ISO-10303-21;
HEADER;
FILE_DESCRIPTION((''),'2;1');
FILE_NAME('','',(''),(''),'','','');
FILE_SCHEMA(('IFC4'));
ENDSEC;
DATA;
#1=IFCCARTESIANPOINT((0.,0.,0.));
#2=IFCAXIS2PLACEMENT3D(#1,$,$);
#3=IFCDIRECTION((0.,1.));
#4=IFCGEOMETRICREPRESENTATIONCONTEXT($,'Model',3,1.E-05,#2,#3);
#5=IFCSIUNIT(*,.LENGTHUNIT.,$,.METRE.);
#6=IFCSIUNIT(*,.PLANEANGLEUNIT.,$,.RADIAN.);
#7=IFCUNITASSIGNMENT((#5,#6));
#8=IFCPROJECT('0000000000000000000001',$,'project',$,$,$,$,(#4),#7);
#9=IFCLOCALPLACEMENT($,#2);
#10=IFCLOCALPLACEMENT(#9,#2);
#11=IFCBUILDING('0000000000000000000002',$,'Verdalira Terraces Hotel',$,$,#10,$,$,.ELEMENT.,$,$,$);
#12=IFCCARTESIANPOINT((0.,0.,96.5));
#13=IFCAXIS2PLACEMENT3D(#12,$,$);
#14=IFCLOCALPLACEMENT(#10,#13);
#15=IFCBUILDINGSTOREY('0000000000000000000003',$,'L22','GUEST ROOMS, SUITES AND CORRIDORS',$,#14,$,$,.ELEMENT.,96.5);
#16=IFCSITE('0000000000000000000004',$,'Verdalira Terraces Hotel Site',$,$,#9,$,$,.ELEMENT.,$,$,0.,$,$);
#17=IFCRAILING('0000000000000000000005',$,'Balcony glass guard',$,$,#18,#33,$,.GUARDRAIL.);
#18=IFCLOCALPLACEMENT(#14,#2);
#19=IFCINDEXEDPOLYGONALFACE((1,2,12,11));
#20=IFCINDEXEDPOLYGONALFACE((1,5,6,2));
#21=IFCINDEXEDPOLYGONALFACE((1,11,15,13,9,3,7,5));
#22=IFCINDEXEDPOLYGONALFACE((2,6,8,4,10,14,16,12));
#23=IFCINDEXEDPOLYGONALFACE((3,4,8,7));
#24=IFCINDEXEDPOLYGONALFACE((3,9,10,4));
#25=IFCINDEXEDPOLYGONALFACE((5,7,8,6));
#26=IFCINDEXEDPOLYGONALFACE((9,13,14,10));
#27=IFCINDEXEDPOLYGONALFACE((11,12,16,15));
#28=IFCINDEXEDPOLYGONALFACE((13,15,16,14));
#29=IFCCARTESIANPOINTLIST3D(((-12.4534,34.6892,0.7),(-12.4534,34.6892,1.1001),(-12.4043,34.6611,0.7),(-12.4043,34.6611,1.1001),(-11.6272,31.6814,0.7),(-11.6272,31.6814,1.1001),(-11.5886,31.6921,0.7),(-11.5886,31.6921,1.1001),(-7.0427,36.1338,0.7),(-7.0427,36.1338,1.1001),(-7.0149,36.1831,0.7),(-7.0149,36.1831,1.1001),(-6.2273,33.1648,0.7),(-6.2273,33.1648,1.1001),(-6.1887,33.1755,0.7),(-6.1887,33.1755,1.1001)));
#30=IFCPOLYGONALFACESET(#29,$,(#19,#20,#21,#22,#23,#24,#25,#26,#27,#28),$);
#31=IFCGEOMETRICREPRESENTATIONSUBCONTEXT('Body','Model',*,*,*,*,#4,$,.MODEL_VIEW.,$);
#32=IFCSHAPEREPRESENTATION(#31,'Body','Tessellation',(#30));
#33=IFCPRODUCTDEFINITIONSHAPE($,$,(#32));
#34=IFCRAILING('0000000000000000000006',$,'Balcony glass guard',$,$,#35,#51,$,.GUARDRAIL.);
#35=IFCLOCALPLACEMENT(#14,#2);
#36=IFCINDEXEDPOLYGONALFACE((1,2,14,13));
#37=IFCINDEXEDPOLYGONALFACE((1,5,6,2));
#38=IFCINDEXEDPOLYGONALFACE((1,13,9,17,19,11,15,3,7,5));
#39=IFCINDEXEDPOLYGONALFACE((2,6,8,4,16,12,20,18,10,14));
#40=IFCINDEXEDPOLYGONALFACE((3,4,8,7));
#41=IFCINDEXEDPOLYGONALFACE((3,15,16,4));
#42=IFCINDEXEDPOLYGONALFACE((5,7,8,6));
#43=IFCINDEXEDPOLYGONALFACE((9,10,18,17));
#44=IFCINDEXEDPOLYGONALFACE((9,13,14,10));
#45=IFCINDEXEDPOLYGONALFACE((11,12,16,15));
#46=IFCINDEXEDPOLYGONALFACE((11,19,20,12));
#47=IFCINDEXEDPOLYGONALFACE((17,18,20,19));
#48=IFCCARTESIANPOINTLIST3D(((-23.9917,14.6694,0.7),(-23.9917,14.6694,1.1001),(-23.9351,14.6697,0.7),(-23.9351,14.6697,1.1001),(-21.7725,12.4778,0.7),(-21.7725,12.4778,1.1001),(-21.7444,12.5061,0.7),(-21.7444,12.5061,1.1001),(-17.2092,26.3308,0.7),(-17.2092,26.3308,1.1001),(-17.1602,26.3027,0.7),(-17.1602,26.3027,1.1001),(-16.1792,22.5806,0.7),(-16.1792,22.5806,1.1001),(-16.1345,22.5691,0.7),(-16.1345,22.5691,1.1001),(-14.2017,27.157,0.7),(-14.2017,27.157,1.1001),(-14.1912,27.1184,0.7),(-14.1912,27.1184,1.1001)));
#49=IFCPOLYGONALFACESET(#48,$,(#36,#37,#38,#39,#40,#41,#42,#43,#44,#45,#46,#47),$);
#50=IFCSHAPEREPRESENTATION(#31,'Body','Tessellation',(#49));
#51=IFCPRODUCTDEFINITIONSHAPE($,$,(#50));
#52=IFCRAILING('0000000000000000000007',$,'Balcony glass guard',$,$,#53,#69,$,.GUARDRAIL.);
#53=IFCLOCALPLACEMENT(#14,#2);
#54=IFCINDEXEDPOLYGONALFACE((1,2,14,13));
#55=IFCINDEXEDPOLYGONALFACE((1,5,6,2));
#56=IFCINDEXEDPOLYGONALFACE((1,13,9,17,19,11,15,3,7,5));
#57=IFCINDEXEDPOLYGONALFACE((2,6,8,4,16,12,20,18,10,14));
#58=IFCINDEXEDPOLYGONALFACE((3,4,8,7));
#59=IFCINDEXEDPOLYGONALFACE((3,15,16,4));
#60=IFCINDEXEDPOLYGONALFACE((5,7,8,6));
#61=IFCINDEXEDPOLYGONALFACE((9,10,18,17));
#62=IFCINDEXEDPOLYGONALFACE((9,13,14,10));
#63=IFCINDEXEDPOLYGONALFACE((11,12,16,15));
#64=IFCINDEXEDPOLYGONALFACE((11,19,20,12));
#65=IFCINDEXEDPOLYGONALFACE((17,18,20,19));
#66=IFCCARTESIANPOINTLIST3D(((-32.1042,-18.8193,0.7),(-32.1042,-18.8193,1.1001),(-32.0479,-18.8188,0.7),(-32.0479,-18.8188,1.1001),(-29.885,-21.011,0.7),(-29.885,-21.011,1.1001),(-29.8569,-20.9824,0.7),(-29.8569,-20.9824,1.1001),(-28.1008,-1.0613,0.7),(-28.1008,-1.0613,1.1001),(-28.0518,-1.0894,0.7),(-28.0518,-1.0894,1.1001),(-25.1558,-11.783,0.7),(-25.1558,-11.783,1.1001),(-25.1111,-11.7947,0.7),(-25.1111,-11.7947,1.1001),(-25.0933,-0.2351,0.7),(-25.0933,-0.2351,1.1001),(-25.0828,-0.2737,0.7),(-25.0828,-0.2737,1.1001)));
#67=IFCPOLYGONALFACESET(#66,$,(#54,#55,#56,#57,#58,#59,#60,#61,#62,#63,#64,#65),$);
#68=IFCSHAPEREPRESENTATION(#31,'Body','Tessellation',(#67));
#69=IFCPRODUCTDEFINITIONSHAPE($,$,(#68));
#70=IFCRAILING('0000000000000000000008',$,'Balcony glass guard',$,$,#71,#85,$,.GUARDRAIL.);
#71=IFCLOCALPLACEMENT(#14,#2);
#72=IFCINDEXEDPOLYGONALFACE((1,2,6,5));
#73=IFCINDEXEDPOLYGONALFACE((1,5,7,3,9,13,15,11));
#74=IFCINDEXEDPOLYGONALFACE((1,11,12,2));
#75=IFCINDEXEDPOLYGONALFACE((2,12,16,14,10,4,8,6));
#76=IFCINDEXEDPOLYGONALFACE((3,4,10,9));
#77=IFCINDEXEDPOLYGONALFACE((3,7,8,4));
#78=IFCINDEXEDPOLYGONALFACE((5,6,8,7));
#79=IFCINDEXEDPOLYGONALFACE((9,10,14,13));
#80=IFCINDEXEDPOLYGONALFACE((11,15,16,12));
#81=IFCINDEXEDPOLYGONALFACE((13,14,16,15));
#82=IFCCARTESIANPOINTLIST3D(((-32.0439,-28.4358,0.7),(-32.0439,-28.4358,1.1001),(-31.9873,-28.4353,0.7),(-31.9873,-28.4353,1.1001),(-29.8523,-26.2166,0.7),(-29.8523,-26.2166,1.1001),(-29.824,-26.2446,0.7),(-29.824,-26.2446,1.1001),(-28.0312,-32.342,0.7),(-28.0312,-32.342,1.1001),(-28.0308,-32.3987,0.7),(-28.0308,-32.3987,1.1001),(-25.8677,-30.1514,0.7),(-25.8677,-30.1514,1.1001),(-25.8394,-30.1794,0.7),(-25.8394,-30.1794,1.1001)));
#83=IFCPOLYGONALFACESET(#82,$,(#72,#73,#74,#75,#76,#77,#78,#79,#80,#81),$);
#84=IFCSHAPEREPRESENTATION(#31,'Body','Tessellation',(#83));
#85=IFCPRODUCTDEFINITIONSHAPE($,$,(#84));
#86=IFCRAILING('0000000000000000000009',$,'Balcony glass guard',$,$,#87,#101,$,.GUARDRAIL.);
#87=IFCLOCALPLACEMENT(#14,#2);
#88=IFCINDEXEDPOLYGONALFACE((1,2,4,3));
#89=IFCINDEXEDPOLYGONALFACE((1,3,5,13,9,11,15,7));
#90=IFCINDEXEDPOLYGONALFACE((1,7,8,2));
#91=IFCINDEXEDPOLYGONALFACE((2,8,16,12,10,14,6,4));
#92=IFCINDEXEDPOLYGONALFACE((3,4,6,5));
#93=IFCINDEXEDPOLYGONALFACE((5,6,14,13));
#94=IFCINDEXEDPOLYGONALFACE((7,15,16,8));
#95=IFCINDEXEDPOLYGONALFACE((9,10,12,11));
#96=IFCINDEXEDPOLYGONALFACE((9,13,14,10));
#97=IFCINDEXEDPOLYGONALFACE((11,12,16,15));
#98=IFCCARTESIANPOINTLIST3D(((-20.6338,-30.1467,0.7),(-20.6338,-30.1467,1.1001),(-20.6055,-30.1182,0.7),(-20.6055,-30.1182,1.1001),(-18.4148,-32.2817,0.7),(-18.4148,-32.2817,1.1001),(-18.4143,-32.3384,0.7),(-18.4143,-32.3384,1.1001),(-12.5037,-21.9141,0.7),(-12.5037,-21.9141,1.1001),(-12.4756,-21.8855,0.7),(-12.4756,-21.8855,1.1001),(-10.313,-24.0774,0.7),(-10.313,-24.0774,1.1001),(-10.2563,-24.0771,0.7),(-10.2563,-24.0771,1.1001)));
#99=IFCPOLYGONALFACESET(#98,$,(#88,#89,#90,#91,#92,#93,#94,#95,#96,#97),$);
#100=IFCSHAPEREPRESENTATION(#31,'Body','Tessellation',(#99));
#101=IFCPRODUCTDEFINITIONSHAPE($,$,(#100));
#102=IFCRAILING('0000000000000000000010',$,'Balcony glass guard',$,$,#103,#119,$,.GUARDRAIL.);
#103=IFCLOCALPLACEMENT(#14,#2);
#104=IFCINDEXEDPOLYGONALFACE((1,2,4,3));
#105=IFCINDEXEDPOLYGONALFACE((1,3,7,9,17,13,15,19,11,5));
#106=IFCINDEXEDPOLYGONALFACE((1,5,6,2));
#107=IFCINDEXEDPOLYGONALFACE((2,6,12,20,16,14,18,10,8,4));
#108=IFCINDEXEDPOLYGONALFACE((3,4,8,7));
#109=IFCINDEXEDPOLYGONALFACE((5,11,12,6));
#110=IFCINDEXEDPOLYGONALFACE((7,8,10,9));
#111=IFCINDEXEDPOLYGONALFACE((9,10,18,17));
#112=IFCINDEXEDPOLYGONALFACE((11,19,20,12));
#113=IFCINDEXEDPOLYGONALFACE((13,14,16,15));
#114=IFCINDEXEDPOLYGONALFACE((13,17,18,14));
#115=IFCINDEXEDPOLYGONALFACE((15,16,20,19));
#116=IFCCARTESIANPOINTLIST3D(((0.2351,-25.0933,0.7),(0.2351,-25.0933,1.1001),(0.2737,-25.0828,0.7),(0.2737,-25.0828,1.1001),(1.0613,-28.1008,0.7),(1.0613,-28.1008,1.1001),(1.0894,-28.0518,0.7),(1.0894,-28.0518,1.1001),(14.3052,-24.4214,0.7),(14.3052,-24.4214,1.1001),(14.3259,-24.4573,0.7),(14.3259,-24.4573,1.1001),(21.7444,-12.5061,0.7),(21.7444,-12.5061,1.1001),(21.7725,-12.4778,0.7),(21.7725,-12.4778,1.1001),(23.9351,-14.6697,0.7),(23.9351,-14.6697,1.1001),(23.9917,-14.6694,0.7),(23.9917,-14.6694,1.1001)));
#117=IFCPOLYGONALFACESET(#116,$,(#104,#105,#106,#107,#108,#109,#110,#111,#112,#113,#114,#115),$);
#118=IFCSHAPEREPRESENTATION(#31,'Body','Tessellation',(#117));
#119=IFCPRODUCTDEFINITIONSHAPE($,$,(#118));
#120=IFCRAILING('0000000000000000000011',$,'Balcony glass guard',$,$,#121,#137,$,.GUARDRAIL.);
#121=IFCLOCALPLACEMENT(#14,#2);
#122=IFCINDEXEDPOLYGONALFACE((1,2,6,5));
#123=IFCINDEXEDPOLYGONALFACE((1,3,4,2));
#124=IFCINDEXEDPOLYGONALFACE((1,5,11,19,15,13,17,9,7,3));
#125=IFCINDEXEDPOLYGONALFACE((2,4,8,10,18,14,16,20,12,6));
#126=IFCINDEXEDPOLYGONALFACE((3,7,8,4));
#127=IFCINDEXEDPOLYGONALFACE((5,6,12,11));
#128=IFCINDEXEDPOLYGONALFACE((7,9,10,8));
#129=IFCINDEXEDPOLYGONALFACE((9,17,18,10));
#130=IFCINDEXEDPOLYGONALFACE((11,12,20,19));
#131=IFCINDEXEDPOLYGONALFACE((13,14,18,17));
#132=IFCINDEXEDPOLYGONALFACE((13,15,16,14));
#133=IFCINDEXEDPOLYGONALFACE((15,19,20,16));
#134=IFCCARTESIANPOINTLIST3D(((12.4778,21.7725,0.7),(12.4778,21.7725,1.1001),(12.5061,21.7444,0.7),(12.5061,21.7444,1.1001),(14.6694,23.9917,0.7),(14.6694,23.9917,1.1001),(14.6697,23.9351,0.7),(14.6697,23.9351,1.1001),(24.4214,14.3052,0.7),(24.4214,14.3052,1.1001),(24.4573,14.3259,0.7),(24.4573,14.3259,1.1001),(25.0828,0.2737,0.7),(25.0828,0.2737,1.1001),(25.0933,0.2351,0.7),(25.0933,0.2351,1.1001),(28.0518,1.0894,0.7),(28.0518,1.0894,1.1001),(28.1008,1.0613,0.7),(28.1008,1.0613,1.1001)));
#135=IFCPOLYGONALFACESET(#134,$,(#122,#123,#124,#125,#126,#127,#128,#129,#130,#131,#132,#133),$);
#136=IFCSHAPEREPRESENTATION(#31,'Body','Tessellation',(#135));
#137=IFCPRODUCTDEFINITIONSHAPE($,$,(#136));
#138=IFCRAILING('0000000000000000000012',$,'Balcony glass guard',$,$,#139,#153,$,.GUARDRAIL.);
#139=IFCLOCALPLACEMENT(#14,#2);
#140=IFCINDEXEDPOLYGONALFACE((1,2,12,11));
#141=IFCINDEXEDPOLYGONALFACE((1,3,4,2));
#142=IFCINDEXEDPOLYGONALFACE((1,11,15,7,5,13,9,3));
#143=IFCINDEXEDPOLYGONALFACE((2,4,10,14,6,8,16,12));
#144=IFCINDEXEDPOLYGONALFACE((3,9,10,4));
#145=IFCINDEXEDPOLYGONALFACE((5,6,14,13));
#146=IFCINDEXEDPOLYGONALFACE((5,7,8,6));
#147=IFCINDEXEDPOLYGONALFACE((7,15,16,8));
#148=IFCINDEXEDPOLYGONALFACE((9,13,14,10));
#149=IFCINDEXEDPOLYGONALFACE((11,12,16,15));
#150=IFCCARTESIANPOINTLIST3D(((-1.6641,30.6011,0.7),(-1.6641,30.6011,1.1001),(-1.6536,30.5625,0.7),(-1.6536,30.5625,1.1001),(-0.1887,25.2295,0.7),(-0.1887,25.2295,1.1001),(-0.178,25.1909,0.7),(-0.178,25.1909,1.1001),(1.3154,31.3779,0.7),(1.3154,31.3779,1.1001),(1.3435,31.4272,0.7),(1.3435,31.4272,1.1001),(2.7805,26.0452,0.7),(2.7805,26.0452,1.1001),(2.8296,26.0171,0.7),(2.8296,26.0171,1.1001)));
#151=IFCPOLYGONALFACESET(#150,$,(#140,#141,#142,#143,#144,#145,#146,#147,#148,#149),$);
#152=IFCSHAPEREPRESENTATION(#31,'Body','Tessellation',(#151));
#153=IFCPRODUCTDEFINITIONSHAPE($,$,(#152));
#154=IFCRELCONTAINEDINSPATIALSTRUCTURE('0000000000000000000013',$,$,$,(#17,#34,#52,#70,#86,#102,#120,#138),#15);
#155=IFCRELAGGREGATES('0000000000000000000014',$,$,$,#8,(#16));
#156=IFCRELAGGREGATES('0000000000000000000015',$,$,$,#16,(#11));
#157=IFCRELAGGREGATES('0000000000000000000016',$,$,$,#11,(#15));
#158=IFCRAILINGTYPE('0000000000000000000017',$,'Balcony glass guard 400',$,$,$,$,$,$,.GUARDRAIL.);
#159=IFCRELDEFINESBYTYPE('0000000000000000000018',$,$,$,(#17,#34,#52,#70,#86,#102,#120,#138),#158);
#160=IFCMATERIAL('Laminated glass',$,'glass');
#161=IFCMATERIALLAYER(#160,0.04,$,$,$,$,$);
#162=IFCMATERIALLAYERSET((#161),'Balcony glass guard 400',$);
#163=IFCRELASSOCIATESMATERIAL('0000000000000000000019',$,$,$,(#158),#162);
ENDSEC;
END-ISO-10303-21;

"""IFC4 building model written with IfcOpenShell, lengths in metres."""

from ifc_helpers import new_model, si_unit, direction, frame, origin, place, context, subcontext, project, spatial, polyline, outline, extrude, material, layer, layer_set, type_object, element, save


model = new_model("IFC4")

# Units and contexts
model_context = context("Model", 3, precision=1e-05, world=origin(), true_north=direction((0.0, 1.0)))
body_context = subcontext(model_context, "Body", "Model", "MODEL_VIEW")
ifc_project = project(units=[si_unit("LENGTHUNIT", "METRE"), si_unit("PLANEANGLEUNIT", "RADIAN")], contexts=[model_context])

# Site, building, storey
site_placement = place(None, origin())
site = spatial("IfcSite", under=ifc_project, at=site_placement, Name="Verdalira Terraces Hotel Site", CompositionType="ELEMENT", RefElevation=0.0)
building_placement = place(site_placement, origin())
building = spatial("IfcBuilding", under=site, at=building_placement, Name="Verdalira Terraces Hotel", CompositionType="ELEMENT")
storey_placement = place(building_placement, frame((0.0, 0.0, 96.5)))
storey = spatial("IfcBuildingStorey", under=building, at=storey_placement, Name="L22", Description="GUEST ROOMS, SUITES AND CORRIDORS", CompositionType="ELEMENT", Elevation=96.5)

# Railings
ifc_material_1 = material(Name="Laminated glass", Category="glass")
ifc_layer_1 = layer(ifc_material_1, 0.04)
ifc_layer_set_1 = layer_set([ifc_layer_1], Name="Balcony glass guard 400")
railing_type = type_object("IfcRailingType", Name="Balcony glass guard 400", PredefinedType="GUARDRAIL", material=ifc_layer_set_1)
railing_1_placement = place(storey_placement, frame((0.0, 0.0, 0.7)))
element("IfcRailing", 1, at=railing_1_placement, inside=storey, type_object=railing_type, Name="Balcony glass guard", PredefinedType="GUARDRAIL", context=body_context, shape_type="SweptSolid", body=[
    extrude(outline(polyline([(-7.0427, 36.1338), (-12.4043, 34.6611), (-11.5886, 31.6921), (-11.6272, 31.6814), (-12.4534, 34.6892), (-7.0149, 36.1831), (-6.1887, 33.1755), (-6.2273, 33.1648), (-7.0427, 36.1338)])), origin(), (0.0, 0.0, 1.0), 0.4001),
])
railing_2_placement = place(storey_placement, frame((0.0, 0.0, 0.7)))
element("IfcRailing", 2, at=railing_2_placement, inside=storey, type_object=railing_type, Name="Balcony glass guard", PredefinedType="GUARDRAIL", context=body_context, shape_type="SweptSolid", body=[
    extrude(outline(polyline([(-17.1602, 26.3027), (-16.1345, 22.5691), (-23.9351, 14.6697), (-21.7444, 12.5061), (-21.7725, 12.4778), (-23.9917, 14.6694), (-16.1792, 22.5806), (-17.2092, 26.3308), (-14.2017, 27.157), (-14.1912, 27.1184), (-17.1602, 26.3027)])), origin(), (0.0, 0.0, 1.0), 0.4001),
])
railing_3_placement = place(storey_placement, frame((0.0, 0.0, 0.7)))
element("IfcRailing", 3, at=railing_3_placement, inside=storey, type_object=railing_type, Name="Balcony glass guard", PredefinedType="GUARDRAIL", context=body_context, shape_type="SweptSolid", body=[
    extrude(outline(polyline([(-28.0518, -1.0894), (-25.1111, -11.7947), (-32.0479, -18.8188), (-29.8569, -20.9824), (-29.885, -21.011), (-32.1042, -18.8193), (-25.1558, -11.783), (-28.1008, -1.0613), (-25.0933, -0.2351), (-25.0828, -0.2737), (-28.0518, -1.0894)])), origin(), (0.0, 0.0, 1.0), 0.4001),
])
railing_4_placement = place(storey_placement, frame((0.0, 0.0, 0.7)))
element("IfcRailing", 4, at=railing_4_placement, inside=storey, type_object=railing_type, Name="Balcony glass guard", PredefinedType="GUARDRAIL", context=body_context, shape_type="SweptSolid", body=[
    extrude(outline(polyline([(-31.9873, -28.4353), (-28.0312, -32.342), (-25.8677, -30.1514), (-25.8394, -30.1794), (-28.0308, -32.3987), (-32.0439, -28.4358), (-29.8523, -26.2166), (-29.824, -26.2446), (-31.9873, -28.4353)])), origin(), (0.0, 0.0, 1.0), 0.4001),
])
railing_5_placement = place(storey_placement, frame((0.0, 0.0, 0.7)))
element("IfcRailing", 5, at=railing_5_placement, inside=storey, type_object=railing_type, Name="Balcony glass guard", PredefinedType="GUARDRAIL", context=body_context, shape_type="SweptSolid", body=[
    extrude(outline(polyline([(-18.4148, -32.2817), (-10.313, -24.0774), (-12.5037, -21.9141), (-12.4756, -21.8855), (-10.2563, -24.0771), (-18.4143, -32.3384), (-20.6338, -30.1467), (-20.6055, -30.1182), (-18.4148, -32.2817)])), origin(), (0.0, 0.0, 1.0), 0.4001),
])
railing_6_placement = place(storey_placement, frame((0.0, 0.0, 0.7)))
element("IfcRailing", 6, at=railing_6_placement, inside=storey, type_object=railing_type, Name="Balcony glass guard", PredefinedType="GUARDRAIL", context=body_context, shape_type="SweptSolid", body=[
    extrude(outline(polyline([(1.0894, -28.0518), (14.3052, -24.4214), (23.9351, -14.6697), (21.7444, -12.5061), (21.7725, -12.4778), (23.9917, -14.6694), (14.3259, -24.4573), (1.0613, -28.1008), (0.2351, -25.0933), (0.2737, -25.0828), (1.0894, -28.0518)])), origin(), (0.0, 0.0, 1.0), 0.4001),
])
railing_7_placement = place(storey_placement, frame((0.0, 0.0, 0.7)))
element("IfcRailing", 7, at=railing_7_placement, inside=storey, type_object=railing_type, Name="Balcony glass guard", PredefinedType="GUARDRAIL", context=body_context, shape_type="SweptSolid", body=[
    extrude(outline(polyline([(28.0518, 1.0894), (24.4214, 14.3052), (14.6697, 23.9351), (12.5061, 21.7444), (12.4778, 21.7725), (14.6694, 23.9917), (24.4573, 14.3259), (28.1008, 1.0613), (25.0933, 0.2351), (25.0828, 0.2737), (28.0518, 1.0894)])), origin(), (0.0, 0.0, 1.0), 0.4001),
])
railing_8_placement = place(storey_placement, frame((0.0, 0.0, 0.7)))
element("IfcRailing", 8, at=railing_8_placement, inside=storey, type_object=railing_type, Name="Balcony glass guard", PredefinedType="GUARDRAIL", context=body_context, shape_type="SweptSolid", body=[
    extrude(outline(polyline([(2.7805, 26.0452), (1.3154, 31.3779), (-1.6536, 30.5625), (-1.6641, 30.6011), (1.3435, 31.4272), (2.8296, 26.0171), (-0.178, 25.1909), (-0.1887, 25.2295), (2.7805, 26.0452)])), origin(), (0.0, 0.0, 1.0), 0.4001),
])

save(model, "model.ifc")
